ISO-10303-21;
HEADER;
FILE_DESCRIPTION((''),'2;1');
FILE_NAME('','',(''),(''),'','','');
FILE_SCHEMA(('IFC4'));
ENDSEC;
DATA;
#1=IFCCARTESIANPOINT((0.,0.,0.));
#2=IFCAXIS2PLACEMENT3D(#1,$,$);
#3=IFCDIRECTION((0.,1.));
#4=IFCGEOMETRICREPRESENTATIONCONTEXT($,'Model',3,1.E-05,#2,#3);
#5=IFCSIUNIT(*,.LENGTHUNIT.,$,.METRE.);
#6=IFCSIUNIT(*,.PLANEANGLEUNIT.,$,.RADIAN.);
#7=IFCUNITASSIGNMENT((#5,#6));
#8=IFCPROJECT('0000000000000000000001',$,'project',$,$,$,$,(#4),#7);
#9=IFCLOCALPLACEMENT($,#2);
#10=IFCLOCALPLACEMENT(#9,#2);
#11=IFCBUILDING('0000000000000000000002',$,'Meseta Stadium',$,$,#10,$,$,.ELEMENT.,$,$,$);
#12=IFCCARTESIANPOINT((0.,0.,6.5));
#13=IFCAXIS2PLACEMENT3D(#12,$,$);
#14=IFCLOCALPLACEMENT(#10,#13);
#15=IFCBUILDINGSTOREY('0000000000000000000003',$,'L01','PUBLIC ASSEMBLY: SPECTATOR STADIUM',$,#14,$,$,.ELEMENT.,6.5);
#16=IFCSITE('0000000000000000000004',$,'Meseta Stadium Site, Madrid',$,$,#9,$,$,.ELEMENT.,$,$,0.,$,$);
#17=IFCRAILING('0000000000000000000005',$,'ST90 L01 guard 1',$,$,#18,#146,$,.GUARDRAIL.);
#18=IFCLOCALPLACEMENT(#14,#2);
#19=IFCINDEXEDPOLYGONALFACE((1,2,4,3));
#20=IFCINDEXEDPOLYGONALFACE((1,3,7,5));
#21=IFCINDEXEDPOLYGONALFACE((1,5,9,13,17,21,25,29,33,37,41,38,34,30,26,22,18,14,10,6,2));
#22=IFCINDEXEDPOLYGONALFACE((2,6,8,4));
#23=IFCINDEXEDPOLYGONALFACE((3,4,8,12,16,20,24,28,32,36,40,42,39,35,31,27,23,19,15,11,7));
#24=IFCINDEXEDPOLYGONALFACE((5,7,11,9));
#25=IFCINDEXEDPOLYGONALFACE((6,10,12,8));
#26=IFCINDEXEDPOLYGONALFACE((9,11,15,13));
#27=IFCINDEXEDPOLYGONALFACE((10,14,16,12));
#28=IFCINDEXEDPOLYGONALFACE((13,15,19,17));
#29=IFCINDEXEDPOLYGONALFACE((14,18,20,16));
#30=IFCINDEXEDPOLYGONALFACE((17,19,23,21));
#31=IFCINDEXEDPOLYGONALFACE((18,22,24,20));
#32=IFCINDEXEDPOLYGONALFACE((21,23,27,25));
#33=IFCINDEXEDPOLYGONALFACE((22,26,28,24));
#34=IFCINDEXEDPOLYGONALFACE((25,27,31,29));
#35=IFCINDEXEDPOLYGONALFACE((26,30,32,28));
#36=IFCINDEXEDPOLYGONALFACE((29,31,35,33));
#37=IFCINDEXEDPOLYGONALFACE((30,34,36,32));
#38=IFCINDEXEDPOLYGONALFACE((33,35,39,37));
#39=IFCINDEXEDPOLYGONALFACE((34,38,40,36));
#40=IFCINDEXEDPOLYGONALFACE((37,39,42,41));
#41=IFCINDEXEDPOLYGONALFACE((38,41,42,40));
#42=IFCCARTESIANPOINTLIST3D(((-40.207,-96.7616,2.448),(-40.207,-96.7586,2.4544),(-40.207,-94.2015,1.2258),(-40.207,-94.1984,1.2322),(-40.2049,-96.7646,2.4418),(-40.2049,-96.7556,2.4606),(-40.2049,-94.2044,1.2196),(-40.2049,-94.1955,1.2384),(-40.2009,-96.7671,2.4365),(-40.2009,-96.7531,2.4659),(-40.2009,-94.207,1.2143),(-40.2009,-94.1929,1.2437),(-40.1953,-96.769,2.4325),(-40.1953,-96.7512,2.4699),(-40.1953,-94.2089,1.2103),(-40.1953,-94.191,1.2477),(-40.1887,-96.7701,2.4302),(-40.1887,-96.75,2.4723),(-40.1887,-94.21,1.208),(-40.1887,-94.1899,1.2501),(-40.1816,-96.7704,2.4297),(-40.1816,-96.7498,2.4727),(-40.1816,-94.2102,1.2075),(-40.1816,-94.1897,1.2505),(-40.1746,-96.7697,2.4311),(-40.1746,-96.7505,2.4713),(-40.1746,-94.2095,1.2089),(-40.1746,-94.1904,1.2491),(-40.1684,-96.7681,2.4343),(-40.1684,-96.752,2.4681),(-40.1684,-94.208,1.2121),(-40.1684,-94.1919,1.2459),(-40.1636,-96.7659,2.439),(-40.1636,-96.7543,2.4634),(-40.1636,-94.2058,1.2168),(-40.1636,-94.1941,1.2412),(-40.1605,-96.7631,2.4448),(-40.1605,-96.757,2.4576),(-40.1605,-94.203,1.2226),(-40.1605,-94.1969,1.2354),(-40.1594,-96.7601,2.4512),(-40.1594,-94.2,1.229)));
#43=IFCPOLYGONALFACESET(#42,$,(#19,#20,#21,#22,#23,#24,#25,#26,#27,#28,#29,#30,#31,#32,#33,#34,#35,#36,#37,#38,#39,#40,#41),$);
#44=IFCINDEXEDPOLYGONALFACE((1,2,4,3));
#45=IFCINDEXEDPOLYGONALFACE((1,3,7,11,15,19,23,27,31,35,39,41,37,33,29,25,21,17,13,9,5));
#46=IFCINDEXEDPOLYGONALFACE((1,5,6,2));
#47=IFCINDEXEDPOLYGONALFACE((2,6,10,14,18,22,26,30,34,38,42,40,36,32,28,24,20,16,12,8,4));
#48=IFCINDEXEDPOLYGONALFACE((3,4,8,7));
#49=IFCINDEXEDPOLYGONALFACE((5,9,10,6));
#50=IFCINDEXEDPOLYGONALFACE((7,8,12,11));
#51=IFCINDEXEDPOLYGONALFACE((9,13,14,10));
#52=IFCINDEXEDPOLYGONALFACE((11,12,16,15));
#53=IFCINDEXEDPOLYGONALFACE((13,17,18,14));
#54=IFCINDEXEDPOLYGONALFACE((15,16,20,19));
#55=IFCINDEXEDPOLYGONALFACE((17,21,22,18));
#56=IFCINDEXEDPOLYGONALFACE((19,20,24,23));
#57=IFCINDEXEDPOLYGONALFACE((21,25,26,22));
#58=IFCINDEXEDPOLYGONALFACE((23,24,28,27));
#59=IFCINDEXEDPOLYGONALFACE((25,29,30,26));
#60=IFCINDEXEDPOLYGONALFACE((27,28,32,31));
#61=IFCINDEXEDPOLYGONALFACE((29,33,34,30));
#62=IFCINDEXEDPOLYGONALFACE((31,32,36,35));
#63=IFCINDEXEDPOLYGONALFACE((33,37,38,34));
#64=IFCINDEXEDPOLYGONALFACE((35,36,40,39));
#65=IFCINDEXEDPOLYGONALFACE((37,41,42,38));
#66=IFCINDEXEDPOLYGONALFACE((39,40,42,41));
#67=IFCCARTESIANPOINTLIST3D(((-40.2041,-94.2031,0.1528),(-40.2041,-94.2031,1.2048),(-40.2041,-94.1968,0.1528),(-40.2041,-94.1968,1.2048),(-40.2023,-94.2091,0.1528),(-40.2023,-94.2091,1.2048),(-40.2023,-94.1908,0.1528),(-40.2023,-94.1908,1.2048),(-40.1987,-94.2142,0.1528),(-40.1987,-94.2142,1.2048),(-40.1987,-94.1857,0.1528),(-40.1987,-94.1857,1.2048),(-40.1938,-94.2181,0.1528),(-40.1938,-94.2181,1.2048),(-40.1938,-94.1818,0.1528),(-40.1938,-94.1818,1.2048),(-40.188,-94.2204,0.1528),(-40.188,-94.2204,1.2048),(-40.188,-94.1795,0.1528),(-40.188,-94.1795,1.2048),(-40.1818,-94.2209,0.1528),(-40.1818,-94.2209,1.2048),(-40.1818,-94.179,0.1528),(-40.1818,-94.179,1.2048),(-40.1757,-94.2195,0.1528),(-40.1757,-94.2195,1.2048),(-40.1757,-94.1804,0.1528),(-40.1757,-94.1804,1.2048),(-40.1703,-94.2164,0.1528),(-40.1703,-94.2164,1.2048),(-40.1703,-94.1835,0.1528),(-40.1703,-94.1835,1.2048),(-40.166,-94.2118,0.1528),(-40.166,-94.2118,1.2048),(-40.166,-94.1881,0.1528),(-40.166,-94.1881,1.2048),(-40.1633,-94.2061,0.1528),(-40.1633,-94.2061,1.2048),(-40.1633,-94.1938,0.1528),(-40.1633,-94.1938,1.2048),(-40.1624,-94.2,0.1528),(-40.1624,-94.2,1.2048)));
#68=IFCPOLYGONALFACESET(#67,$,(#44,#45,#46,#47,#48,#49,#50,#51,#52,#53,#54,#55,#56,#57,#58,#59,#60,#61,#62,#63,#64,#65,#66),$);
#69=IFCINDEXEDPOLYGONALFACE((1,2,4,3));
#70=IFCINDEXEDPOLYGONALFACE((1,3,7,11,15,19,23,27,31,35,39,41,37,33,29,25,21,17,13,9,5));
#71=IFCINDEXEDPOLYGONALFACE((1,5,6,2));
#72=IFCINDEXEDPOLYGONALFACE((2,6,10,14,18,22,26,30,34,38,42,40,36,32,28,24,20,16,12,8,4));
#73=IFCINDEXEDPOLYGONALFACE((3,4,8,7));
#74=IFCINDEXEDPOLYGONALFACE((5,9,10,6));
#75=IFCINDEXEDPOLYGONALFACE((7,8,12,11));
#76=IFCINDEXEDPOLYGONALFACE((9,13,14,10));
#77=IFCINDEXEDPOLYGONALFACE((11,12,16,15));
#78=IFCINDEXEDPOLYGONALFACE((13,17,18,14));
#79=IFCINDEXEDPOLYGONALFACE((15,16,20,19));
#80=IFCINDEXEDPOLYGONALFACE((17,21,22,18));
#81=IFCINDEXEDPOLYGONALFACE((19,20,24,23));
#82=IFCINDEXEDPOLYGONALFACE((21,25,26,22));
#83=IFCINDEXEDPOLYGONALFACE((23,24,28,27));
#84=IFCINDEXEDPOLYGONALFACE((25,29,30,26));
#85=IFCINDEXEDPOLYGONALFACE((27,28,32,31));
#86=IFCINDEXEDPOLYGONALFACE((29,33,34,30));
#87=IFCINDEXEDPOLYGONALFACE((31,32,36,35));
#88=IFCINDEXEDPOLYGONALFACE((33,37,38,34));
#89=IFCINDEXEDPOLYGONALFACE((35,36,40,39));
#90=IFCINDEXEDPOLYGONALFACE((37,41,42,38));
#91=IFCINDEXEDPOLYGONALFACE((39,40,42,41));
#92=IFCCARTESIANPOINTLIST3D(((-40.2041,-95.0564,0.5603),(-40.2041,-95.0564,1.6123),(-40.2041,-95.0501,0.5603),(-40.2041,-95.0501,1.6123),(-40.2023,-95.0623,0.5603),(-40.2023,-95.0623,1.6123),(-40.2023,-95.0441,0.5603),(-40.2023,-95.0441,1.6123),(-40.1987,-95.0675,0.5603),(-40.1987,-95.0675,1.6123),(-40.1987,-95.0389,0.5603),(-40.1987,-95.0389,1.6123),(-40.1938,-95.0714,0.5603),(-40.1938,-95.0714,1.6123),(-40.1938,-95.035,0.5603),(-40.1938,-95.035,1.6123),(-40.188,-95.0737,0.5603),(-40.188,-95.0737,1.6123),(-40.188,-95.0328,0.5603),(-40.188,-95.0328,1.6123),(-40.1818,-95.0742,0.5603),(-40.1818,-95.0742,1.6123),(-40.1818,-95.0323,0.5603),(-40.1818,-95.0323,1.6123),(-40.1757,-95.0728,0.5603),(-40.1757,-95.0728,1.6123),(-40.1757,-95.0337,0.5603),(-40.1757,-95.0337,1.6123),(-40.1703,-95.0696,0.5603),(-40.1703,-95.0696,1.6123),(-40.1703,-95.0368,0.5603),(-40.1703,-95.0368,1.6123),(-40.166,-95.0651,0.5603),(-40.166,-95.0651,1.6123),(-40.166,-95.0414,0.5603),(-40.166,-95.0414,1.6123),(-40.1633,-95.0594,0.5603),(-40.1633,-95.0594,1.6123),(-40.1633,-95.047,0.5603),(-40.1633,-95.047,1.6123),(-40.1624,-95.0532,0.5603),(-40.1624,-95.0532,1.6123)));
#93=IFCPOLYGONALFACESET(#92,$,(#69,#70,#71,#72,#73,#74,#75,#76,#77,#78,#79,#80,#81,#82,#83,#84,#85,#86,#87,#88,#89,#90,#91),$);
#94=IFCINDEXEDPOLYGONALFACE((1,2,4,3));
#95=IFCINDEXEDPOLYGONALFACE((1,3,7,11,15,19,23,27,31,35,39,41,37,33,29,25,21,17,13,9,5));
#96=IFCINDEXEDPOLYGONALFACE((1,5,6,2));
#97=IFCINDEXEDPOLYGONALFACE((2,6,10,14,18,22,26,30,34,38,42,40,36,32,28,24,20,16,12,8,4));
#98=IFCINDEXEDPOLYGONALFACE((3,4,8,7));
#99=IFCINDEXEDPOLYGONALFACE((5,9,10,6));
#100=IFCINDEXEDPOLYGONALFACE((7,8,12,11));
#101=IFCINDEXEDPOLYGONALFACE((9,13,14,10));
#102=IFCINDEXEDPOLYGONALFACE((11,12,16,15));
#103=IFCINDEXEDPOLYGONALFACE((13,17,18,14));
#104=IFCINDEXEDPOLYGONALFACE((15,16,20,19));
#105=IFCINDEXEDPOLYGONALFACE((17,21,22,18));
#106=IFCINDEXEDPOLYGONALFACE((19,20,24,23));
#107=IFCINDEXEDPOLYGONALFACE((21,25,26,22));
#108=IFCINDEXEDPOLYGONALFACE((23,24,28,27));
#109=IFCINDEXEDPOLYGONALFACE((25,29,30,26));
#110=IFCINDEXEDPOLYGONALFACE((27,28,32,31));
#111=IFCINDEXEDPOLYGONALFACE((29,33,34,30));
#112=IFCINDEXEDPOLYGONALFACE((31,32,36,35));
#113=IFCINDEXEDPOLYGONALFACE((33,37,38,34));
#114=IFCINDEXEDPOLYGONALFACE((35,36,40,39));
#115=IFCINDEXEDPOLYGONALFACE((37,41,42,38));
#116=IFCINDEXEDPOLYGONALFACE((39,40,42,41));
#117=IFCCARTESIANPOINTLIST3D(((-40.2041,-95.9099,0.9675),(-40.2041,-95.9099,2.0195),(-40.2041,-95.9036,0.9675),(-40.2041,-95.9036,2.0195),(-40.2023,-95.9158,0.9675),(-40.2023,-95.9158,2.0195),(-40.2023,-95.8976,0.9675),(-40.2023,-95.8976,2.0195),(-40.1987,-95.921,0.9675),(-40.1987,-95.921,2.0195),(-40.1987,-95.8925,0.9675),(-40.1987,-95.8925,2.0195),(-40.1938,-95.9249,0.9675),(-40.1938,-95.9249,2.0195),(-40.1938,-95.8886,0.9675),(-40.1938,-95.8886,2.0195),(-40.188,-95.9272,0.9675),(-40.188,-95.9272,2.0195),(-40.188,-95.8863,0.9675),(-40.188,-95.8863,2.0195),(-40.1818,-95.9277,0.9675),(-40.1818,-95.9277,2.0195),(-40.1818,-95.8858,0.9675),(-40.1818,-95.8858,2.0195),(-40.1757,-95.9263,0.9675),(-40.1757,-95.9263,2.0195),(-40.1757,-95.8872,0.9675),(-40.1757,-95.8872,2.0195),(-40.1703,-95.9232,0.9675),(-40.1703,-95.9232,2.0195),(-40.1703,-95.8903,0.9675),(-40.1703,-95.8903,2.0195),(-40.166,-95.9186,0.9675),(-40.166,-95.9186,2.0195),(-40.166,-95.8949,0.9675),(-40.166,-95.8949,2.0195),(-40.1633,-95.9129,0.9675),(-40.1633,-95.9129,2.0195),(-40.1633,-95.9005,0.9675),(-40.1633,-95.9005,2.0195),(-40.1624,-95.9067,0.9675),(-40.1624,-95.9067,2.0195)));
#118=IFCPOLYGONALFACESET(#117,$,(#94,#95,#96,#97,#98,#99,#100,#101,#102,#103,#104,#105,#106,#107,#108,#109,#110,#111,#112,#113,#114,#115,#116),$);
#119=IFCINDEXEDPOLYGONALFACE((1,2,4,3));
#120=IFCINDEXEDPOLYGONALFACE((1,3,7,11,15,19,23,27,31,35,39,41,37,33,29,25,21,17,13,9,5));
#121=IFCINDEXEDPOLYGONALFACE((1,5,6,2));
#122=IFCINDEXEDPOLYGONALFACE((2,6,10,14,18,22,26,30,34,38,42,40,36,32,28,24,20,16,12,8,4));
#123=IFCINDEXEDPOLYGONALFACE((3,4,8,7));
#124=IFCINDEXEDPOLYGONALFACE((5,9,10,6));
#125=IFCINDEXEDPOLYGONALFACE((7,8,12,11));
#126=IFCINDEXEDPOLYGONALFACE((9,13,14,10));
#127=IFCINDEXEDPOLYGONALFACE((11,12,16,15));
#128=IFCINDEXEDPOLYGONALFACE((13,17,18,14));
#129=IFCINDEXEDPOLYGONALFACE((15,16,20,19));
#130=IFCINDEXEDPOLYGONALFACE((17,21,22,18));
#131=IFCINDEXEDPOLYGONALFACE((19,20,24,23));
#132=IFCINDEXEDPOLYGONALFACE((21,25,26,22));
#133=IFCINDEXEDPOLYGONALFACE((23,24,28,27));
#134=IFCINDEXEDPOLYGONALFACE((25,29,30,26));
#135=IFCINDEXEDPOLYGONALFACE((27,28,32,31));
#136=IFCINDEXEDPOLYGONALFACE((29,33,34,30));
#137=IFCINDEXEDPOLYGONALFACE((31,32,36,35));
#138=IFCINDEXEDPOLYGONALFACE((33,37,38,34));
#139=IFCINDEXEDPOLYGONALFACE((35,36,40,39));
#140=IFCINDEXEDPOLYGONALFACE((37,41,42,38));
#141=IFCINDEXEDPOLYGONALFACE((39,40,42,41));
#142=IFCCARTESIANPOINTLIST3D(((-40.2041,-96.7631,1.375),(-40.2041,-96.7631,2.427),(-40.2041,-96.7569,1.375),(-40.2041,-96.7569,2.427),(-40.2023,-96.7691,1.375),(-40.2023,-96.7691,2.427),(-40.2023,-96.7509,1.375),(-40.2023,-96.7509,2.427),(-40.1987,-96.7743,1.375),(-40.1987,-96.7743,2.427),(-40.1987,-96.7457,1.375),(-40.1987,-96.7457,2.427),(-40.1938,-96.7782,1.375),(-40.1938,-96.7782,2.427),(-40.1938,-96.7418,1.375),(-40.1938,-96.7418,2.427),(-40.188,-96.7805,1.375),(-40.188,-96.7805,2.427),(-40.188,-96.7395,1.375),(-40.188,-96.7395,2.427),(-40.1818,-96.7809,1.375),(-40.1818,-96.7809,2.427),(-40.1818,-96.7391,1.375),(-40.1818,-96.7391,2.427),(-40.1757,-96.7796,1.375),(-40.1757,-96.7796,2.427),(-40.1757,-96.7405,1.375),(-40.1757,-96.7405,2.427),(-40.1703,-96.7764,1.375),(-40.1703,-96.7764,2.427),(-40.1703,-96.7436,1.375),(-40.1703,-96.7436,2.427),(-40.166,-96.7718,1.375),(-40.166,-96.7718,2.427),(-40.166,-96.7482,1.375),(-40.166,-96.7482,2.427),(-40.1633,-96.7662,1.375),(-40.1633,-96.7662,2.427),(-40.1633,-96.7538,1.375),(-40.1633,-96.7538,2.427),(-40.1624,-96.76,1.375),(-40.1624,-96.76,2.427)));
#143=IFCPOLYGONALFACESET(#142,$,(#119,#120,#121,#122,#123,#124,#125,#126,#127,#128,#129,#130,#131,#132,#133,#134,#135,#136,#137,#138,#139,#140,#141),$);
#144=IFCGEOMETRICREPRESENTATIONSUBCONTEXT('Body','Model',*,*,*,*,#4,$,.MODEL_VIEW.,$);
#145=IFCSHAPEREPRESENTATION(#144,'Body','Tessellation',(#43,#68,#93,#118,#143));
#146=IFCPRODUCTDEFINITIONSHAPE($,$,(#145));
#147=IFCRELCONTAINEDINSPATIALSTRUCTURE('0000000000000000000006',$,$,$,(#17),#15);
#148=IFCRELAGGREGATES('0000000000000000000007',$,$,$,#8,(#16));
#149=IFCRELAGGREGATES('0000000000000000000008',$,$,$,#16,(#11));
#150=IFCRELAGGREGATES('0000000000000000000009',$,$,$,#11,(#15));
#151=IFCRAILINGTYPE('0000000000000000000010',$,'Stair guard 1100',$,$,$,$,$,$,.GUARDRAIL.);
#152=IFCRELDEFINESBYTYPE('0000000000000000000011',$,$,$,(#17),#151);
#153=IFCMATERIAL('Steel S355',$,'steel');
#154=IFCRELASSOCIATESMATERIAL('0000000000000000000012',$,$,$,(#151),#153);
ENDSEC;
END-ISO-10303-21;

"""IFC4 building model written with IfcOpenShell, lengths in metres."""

from ifc_helpers import new_model, si_unit, direction, frame, origin, origin_2d, place, context, subcontext, project, spatial, circle, extrude, material, type_object, element, save


model = new_model("IFC4")

# Units and contexts
model_context = context("Model", 3, precision=1e-05, world=origin(), true_north=direction((0.0, 1.0)))
body_context = subcontext(model_context, "Body", "Model", "MODEL_VIEW")
ifc_project = project(units=[si_unit("LENGTHUNIT", "METRE"), si_unit("PLANEANGLEUNIT", "RADIAN")], contexts=[model_context])

# Site, building, storey
site_placement = place(None, origin())
site = spatial("IfcSite", under=ifc_project, at=site_placement, Name="Meseta Stadium Site, Madrid", CompositionType="ELEMENT", RefElevation=0.0)
building_placement = place(site_placement, origin())
building = spatial("IfcBuilding", under=site, at=building_placement, Name="Meseta Stadium", CompositionType="ELEMENT")
storey_placement = place(building_placement, frame((0.0, 0.0, 6.5)))
storey = spatial("IfcBuildingStorey", under=building, at=storey_placement, Name="L01", Description="PUBLIC ASSEMBLY: SPECTATOR STADIUM", CompositionType="ELEMENT", Elevation=6.5)

# Railing
ifc_material_1 = material(Name="Steel S355", Category="steel")
railing_type_1 = type_object("IfcRailingType", Name="Stair guard 1100", PredefinedType="GUARDRAIL", material=ifc_material_1)
railing_1_placement = place(storey_placement, frame((-40.1833, -94.2, 0.1528)))
element("IfcRailing", 1, at=railing_1_placement, inside=storey, type_object=railing_type_1, Name="ST90 L01 guard 1", PredefinedType="GUARDRAIL", context=body_context, shape_type="SweptSolid", body=[
    extrude(circle(Radius=0.0239, at=origin_2d()), frame((0.0, 0.0, 1.0762), z_axis=(0.0, -0.902437, 0.430822), x_axis=(1.0, 0.0, 0.0)), (0.0, 0.0, 1.0), 2.8369),
    extrude(circle(Radius=0.021, at=origin_2d()), origin(), (0.0, 0.0, 1.0), 1.052),
    extrude(circle(Radius=0.021, at=origin_2d()), frame((0.0, -0.8533, 0.4075)), (0.0, 0.0, 1.0), 1.052),
    extrude(circle(Radius=0.021, at=origin_2d()), frame((0.0, -1.7068, 0.8147)), (0.0, 0.0, 1.0), 1.052),
    extrude(circle(Radius=0.021, at=origin_2d()), frame((0.0, -2.5601, 1.2222)), (0.0, 0.0, 1.0), 1.052),
])

save(model, "model.ifc")
